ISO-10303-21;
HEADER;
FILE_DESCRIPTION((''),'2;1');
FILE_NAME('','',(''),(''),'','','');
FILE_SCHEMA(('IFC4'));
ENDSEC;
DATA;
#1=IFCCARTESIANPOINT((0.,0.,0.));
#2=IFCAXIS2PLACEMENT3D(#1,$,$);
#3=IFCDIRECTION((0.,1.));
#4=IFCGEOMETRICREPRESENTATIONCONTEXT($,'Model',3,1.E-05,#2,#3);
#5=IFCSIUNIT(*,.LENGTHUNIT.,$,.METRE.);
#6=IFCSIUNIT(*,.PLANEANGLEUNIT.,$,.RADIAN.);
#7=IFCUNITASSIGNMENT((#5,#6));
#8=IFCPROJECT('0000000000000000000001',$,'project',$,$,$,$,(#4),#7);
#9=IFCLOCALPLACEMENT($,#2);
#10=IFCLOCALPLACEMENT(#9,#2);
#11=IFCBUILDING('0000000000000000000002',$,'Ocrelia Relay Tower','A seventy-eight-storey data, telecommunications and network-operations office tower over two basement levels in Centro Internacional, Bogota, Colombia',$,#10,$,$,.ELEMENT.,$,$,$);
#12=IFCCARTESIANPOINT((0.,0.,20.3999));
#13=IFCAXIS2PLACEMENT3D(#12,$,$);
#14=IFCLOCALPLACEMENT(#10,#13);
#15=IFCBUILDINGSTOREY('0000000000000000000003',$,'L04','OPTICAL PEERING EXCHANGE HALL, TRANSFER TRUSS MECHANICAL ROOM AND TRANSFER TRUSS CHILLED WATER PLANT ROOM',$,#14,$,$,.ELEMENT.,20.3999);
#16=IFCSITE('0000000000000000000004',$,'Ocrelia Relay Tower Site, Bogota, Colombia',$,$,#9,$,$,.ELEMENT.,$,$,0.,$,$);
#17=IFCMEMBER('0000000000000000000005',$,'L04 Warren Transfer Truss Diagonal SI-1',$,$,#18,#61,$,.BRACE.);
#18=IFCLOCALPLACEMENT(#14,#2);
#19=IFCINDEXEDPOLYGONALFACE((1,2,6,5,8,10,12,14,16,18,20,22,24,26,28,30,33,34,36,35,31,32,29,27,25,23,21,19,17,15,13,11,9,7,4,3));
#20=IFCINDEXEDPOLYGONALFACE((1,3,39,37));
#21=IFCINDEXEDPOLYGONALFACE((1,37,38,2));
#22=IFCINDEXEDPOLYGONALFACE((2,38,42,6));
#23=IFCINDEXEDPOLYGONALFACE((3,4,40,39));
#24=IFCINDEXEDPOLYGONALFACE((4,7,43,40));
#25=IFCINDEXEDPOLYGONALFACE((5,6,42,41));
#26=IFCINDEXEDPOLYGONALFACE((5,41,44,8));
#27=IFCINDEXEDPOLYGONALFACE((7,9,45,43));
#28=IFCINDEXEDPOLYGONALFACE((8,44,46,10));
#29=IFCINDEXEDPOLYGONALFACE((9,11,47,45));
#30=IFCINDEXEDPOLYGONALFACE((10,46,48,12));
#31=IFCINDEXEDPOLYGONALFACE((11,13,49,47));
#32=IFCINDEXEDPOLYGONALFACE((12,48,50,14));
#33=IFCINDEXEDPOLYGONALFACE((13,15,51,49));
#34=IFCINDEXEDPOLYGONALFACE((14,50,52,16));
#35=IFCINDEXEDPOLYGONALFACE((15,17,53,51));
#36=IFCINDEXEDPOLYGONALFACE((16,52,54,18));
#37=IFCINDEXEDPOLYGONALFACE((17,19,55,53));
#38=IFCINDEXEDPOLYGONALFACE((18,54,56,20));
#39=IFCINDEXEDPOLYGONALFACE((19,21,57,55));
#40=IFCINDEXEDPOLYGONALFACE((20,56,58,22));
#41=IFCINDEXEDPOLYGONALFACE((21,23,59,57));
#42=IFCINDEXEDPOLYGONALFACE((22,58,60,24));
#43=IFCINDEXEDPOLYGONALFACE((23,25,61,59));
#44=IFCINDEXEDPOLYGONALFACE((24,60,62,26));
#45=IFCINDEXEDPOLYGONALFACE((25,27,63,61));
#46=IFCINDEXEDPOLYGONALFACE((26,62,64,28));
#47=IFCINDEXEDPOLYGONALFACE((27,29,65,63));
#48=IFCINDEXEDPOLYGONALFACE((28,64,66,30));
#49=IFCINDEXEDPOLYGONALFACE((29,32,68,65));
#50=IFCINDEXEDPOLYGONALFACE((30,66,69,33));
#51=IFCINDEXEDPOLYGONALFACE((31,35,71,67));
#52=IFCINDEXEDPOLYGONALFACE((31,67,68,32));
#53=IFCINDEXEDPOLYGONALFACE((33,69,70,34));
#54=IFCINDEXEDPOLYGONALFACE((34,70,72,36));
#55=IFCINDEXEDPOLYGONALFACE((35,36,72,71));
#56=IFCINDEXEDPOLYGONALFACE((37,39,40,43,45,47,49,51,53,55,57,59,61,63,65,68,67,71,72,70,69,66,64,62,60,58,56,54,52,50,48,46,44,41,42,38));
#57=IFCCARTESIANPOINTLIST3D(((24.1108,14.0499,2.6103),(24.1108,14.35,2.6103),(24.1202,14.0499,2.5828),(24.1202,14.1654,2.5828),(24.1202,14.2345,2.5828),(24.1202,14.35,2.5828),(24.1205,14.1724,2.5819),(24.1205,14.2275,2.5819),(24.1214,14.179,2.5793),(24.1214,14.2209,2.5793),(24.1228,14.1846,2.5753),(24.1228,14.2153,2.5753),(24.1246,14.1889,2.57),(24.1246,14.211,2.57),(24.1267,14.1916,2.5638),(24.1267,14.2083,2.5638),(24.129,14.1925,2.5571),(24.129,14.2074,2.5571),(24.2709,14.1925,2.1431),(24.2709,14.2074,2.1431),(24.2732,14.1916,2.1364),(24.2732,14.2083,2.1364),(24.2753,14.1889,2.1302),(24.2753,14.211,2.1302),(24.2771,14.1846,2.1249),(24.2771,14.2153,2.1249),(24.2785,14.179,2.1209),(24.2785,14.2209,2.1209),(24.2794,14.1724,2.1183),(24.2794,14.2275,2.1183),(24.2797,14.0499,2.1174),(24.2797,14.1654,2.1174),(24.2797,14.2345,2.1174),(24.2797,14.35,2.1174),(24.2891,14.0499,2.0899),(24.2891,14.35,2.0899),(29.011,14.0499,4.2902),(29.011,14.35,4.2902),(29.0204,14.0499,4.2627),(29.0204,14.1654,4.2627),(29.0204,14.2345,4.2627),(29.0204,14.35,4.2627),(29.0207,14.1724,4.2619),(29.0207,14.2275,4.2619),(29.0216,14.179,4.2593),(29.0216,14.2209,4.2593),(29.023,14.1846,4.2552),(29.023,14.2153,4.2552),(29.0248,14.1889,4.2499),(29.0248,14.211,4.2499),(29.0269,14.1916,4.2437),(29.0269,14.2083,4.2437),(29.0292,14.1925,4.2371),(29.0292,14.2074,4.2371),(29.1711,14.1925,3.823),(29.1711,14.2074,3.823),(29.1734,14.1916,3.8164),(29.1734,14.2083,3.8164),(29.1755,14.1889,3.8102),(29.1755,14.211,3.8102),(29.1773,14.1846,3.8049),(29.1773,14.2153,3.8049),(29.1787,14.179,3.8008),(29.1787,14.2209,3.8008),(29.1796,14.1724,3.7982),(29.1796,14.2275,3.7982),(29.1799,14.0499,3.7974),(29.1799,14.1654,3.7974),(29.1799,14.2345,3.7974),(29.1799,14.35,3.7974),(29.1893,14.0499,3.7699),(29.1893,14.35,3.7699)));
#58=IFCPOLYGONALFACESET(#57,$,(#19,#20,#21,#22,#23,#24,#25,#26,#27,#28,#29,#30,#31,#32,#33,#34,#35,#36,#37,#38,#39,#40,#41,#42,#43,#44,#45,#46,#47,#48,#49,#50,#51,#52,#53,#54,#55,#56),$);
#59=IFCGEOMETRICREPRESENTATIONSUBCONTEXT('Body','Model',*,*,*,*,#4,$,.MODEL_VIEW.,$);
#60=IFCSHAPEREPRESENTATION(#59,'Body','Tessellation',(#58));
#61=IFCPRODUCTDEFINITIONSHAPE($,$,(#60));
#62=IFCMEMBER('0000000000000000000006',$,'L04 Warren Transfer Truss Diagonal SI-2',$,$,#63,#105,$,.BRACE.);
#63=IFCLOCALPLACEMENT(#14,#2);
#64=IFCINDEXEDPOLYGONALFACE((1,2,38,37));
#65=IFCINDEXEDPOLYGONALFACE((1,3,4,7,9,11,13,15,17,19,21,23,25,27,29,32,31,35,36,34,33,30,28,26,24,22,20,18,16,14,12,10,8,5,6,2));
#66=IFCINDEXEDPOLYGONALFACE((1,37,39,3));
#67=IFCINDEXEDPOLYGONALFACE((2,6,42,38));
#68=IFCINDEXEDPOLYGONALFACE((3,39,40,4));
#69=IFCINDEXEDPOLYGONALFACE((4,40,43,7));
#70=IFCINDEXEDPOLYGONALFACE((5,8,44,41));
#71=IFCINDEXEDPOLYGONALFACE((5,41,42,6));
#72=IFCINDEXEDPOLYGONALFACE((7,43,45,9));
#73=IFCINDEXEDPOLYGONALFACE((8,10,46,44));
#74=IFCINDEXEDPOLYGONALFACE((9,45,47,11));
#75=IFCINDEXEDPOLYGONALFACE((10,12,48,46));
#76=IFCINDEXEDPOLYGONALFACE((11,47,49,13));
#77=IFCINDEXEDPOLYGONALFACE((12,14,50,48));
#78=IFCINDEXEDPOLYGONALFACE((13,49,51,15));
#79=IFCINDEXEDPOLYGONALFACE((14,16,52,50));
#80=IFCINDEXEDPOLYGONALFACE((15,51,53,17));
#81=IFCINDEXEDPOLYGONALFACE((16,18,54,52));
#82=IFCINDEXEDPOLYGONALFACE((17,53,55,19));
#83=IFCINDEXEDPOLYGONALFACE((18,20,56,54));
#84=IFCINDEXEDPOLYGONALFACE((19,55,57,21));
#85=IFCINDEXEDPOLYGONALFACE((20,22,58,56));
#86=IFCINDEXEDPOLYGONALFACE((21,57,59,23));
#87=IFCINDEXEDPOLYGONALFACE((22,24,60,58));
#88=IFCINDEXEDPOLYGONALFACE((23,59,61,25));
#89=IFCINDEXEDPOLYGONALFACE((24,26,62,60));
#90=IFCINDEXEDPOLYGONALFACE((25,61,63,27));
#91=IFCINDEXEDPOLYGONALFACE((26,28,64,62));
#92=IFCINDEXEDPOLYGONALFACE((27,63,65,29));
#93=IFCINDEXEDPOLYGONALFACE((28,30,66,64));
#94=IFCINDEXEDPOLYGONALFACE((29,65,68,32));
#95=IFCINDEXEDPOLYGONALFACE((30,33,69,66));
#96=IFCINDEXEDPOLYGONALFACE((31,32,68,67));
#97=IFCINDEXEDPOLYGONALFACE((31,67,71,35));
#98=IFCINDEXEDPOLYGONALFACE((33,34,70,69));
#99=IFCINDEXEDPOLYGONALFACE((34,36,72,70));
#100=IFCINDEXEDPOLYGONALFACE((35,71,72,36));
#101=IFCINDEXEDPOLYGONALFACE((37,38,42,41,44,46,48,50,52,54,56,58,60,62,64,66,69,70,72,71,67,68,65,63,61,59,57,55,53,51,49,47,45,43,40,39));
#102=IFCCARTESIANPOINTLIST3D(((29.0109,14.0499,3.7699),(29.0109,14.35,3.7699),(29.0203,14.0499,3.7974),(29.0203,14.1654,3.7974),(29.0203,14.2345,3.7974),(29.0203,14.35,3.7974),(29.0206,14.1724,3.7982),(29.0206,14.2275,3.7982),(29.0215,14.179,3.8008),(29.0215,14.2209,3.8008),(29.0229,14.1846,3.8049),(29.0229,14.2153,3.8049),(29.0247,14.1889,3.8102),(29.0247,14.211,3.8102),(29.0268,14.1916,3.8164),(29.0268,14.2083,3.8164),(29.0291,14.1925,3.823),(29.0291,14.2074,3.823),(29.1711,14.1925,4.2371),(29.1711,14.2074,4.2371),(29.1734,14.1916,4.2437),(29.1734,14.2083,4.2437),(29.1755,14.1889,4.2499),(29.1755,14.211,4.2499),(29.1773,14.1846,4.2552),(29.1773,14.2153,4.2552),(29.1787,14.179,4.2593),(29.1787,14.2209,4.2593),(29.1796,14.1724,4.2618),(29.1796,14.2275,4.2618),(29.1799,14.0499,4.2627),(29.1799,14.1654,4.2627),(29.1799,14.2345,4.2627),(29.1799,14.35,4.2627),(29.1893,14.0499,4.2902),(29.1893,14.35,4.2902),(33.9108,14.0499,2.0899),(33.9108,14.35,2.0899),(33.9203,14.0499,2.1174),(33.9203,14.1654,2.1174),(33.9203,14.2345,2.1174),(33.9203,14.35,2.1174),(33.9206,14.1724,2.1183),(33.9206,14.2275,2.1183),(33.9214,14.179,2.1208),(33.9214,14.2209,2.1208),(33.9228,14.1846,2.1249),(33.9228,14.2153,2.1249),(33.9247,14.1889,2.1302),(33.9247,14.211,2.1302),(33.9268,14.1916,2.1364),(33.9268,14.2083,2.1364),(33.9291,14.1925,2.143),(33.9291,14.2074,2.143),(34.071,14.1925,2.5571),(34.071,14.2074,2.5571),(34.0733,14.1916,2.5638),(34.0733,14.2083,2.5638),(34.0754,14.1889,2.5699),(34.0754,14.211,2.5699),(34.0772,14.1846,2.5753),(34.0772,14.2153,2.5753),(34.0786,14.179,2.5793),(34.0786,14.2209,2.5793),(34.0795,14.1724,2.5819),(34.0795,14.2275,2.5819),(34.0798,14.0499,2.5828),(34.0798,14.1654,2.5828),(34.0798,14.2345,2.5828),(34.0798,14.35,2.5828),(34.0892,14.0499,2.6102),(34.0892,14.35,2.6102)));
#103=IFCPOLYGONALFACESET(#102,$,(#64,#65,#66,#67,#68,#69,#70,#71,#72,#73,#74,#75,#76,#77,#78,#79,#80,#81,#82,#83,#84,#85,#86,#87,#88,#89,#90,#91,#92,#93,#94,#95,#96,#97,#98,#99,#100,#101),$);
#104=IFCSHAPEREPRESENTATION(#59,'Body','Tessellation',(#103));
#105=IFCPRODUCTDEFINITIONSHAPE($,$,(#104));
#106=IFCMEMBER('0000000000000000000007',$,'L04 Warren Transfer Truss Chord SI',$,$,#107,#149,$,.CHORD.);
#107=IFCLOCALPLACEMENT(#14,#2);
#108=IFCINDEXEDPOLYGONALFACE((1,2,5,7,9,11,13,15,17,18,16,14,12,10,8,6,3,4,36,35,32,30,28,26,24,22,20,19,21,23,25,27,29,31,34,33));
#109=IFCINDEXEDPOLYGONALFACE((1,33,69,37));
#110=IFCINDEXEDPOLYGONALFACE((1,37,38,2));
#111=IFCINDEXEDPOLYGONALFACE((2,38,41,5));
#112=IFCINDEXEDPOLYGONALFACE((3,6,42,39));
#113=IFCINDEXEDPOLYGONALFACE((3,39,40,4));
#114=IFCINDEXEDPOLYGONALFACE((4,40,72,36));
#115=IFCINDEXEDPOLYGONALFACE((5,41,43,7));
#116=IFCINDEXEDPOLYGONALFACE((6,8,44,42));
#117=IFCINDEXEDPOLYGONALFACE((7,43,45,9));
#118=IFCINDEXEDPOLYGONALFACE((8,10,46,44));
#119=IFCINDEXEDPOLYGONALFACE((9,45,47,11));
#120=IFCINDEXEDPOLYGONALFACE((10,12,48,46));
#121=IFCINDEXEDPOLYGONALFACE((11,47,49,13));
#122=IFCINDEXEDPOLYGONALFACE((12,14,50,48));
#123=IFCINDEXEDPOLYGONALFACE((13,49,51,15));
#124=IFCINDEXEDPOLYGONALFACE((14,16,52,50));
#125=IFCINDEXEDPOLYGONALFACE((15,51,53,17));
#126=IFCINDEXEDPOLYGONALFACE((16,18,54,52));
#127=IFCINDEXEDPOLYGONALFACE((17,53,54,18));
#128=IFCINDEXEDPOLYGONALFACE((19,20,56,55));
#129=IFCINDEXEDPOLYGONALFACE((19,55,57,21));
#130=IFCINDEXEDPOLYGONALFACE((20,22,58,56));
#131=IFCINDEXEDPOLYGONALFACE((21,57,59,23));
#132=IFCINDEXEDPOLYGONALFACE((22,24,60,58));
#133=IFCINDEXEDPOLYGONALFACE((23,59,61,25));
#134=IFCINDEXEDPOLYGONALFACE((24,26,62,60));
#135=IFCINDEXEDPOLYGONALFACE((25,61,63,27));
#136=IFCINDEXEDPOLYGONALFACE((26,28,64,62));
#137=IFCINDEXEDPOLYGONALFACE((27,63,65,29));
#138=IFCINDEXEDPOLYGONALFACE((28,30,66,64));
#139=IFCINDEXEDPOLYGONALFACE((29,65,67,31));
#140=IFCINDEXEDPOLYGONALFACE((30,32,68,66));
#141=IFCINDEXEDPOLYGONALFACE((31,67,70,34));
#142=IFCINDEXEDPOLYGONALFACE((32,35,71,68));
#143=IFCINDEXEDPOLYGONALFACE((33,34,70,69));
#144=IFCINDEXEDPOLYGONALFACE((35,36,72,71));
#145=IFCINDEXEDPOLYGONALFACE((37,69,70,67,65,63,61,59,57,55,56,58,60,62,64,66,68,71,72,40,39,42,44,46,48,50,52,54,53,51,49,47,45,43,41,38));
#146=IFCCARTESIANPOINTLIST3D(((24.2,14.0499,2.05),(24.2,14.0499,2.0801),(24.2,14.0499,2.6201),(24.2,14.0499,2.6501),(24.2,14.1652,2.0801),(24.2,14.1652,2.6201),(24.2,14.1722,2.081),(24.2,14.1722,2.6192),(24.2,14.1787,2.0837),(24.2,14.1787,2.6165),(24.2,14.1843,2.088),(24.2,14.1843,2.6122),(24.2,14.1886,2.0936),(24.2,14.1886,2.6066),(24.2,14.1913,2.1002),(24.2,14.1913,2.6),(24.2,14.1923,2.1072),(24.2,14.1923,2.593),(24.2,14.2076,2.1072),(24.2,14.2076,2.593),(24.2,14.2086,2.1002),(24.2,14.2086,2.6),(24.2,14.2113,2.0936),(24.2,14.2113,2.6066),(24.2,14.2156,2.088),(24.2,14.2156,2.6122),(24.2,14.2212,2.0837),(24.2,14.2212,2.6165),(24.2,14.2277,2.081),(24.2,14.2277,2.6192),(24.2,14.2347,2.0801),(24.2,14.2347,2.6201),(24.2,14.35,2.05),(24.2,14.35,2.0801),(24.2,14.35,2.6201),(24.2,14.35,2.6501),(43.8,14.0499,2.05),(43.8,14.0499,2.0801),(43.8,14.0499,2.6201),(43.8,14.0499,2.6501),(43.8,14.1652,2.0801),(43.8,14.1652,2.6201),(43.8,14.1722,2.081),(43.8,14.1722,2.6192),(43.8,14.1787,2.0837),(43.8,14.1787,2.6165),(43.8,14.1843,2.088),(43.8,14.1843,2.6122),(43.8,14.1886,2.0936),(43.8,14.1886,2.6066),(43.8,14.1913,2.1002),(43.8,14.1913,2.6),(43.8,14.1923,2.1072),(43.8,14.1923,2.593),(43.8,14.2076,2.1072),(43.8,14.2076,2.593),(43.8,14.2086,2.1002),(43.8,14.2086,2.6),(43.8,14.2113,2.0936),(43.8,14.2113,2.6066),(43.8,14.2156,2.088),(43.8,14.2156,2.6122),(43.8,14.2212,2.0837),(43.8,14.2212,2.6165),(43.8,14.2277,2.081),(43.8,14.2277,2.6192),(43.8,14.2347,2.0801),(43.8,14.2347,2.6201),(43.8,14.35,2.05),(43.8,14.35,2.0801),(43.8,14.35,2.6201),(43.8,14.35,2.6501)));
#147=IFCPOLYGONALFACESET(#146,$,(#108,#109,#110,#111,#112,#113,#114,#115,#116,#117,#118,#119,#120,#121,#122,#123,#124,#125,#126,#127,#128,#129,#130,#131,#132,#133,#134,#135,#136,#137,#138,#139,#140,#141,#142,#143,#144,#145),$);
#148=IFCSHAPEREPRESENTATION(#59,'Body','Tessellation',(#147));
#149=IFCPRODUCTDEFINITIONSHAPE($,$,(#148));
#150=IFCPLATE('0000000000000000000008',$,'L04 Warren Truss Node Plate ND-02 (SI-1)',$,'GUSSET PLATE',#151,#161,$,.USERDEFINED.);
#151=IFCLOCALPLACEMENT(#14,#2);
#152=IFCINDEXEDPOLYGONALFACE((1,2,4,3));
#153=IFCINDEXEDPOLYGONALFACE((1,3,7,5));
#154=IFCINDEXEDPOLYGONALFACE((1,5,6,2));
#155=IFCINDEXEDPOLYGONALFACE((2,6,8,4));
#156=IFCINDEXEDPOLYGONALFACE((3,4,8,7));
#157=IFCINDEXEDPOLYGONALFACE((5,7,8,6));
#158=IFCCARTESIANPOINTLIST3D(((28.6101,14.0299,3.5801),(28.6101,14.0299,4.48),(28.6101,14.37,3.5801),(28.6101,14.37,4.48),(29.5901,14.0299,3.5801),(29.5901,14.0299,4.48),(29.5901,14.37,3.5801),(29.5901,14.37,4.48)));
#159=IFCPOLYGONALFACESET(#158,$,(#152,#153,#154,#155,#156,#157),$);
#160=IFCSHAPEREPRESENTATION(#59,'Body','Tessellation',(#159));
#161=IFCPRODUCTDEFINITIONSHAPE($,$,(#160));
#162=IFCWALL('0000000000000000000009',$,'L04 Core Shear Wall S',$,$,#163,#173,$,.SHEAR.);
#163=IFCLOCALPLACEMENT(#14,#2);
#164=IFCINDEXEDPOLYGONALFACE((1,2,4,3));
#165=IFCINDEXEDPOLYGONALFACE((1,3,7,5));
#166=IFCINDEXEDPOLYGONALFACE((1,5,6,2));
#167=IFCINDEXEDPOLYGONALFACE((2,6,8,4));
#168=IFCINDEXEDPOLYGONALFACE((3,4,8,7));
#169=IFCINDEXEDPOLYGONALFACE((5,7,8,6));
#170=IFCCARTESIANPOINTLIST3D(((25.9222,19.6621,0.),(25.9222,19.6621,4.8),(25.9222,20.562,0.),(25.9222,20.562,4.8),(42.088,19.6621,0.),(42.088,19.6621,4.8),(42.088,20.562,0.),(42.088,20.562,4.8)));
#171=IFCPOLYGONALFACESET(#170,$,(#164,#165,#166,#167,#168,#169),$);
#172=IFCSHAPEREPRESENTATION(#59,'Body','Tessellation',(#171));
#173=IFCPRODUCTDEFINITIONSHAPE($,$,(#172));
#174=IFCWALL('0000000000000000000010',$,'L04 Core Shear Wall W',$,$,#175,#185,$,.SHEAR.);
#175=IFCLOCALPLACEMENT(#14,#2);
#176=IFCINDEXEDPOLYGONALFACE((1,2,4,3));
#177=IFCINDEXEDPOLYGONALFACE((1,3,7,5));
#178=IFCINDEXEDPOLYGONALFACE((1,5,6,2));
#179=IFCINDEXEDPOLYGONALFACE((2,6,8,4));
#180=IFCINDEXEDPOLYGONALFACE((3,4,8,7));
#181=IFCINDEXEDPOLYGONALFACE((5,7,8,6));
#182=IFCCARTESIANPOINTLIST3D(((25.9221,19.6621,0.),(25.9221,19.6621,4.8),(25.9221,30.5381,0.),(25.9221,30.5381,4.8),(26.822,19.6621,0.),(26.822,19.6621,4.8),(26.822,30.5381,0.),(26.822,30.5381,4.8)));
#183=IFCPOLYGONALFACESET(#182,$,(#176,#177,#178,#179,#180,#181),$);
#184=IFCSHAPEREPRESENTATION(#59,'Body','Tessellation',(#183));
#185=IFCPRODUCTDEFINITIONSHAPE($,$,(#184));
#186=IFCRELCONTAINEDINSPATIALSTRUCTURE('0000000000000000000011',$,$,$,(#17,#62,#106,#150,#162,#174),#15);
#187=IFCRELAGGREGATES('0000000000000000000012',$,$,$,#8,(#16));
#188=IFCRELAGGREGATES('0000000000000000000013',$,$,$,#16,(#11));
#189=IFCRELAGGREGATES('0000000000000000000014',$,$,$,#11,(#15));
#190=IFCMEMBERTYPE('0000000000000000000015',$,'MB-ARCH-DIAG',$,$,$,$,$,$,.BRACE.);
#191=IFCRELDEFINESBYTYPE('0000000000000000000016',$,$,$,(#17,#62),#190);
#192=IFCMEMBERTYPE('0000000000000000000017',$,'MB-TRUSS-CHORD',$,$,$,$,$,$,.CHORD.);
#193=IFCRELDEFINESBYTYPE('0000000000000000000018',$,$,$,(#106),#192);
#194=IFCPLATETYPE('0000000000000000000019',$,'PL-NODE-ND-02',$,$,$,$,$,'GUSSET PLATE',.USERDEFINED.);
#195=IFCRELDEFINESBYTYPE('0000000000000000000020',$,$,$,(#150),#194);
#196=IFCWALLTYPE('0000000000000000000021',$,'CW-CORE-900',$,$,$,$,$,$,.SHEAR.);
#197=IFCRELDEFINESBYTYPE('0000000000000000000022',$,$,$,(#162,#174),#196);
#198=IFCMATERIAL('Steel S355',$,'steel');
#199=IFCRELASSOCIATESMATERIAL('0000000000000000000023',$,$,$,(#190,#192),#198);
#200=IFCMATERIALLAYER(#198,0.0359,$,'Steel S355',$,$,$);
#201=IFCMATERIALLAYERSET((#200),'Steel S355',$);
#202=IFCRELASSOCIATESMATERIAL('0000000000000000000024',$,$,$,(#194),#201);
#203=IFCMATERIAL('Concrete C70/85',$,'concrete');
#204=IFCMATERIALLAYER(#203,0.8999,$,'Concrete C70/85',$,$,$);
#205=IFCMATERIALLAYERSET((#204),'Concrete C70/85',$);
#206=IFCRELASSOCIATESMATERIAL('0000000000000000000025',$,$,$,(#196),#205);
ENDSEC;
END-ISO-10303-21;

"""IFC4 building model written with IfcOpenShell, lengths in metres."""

from ifc_helpers import new_model, si_unit, direction, frame, frame_2d, origin, origin_2d, place, context, subcontext, project, spatial, rectangle, i_section, extrude, material, layer, layer_set, material_profile, profile_set, type_object, element, save


model = new_model("IFC4")

# Units and contexts
model_context = context("Model", 3, precision=1e-05, world=origin(), true_north=direction((0.0, 1.0)))
body_context = subcontext(model_context, "Body", "Model", "MODEL_VIEW")
ifc_project = project(units=[si_unit("LENGTHUNIT", "METRE"), si_unit("PLANEANGLEUNIT", "RADIAN")], contexts=[model_context])

# Site, building, storey
site_placement = place(None, origin())
site = spatial("IfcSite", under=ifc_project, at=site_placement, Name="Ocrelia Relay Tower Site, Bogota, Colombia", CompositionType="ELEMENT", RefElevation=0.0)
building_placement = place(site_placement, origin())
building = spatial("IfcBuilding", under=site, at=building_placement, Name="Ocrelia Relay Tower", Description="A seventy-eight-storey data, telecommunications and network-operations office tower over two basement levels in Centro Internacional, Bogota, Colombia", CompositionType="ELEMENT")
storey_placement = place(building_placement, frame((0.0, 0.0, 20.3999)))
storey = spatial("IfcBuildingStorey", under=building, at=storey_placement, Name="L04", Description="OPTICAL PEERING EXCHANGE HALL, TRANSFER TRUSS MECHANICAL ROOM AND TRANSFER TRUSS CHILLED WATER PLANT ROOM", CompositionType="ELEMENT", Elevation=20.3999)

# Shared definitions
ifc_material_1 = material(Name="Concrete C70/85", Category="concrete")

# Shared definitions
ifc_material_2 = material(Name="Steel S355", Category="steel")

# Members
ifc_material_profile_1 = material_profile(ifc_material_2, i_section(OverallWidth=0.3, OverallDepth=0.55, WebThickness=0.0149, FlangeThickness=0.0291, FilletRadius=0.0271, at=origin_2d()), Name="HEB 550")
ifc_profile_set_1 = profile_set([ifc_material_profile_1], Name="Steel S355")
member_type_1 = type_object("IfcMemberType", Name="MB-ARCH-DIAG", PredefinedType="BRACE", material=ifc_profile_set_1)
member_1_placement = place(storey_placement, frame((24.2, 14.2, 2.3501), z_axis=(0.945953, 0.0, 0.324304), x_axis=(0.0, 1.0, 0.0)))
element("IfcMember", 1, at=member_1_placement, inside=storey, type_object=member_type_1, Name="L04 Warren Transfer Truss Diagonal SI-1", PredefinedType="BRACE", context=body_context, shape_type="SweptSolid", body=[
    extrude(i_section(OverallWidth=0.3, OverallDepth=0.55, WebThickness=0.0149, FlangeThickness=0.0291, FilletRadius=0.0271, at=origin_2d()), origin(), (0.0, 0.0, 1.0), 5.1802),
])
member_2_placement = place(storey_placement, frame((29.1001, 14.2, 4.03), z_axis=(0.945948, 0.0, -0.324318), x_axis=(0.0, 1.0, 0.0)))
element("IfcMember", 2, at=member_2_placement, inside=storey, type_object=member_type_1, Name="L04 Warren Transfer Truss Diagonal SI-2", PredefinedType="BRACE", context=body_context, shape_type="SweptSolid", body=[
    extrude(i_section(OverallWidth=0.3, OverallDepth=0.55, WebThickness=0.0149, FlangeThickness=0.0291, FilletRadius=0.0271, at=origin_2d()), origin(), (0.0, 0.0, 1.0), 5.1799),
])
ifc_material_profile_2 = material_profile(ifc_material_2, i_section(OverallWidth=0.3, OverallDepth=0.6001, WebThickness=0.0154, FlangeThickness=0.03, FilletRadius=0.0271, at=origin_2d()), Name="HEB 600")
ifc_profile_set_2 = profile_set([ifc_material_profile_2], Name="Steel S355")
member_type_2 = type_object("IfcMemberType", Name="MB-TRUSS-CHORD", PredefinedType="CHORD", material=ifc_profile_set_2)
member_3_placement = place(storey_placement, frame((24.2, 14.2, 2.3501), z_axis=(1.0, 0.0, 0.0), x_axis=(0.0, 1.0, 0.0)))
element("IfcMember", 3, at=member_3_placement, inside=storey, type_object=member_type_2, Name="L04 Warren Transfer Truss Chord SI", PredefinedType="CHORD", context=body_context, shape_type="SweptSolid", body=[
    extrude(i_section(OverallWidth=0.3, OverallDepth=0.6001, WebThickness=0.0154, FlangeThickness=0.03, FilletRadius=0.0271, at=origin_2d()), origin(), (0.0, 0.0, 1.0), 19.6001),
])

# Plate
ifc_layer_1 = layer(ifc_material_2, 0.0359, Name="Steel S355")
ifc_layer_set_1 = layer_set([ifc_layer_1], Name="Steel S355")
plate_type = type_object("IfcPlateType", Name="PL-NODE-ND-02", ElementType="GUSSET PLATE", PredefinedType="USERDEFINED", material=ifc_layer_set_1)
plate_placement = place(storey_placement, frame((29.1001, 14.2, 3.5801), z_axis=(0.0, 0.0, 1.0), x_axis=(1.0, 0.0, 0.0)))
element("IfcPlate", 4, at=plate_placement, inside=storey, type_object=plate_type, Name="L04 Warren Truss Node Plate ND-02 (SI-1)", ObjectType="GUSSET PLATE", PredefinedType="USERDEFINED", context=body_context, shape_type="SweptSolid", body=[
    extrude(rectangle(XDim=0.98, YDim=0.3401, at=origin_2d()), origin(), (0.0, 0.0, 1.0), 0.8999),
])

# Walls
ifc_layer_2 = layer(ifc_material_1, 0.8999, Name="Concrete C70/85")
ifc_layer_set_2 = layer_set([ifc_layer_2], Name="Concrete C70/85")
wall_type_1 = type_object("IfcWallType", Name="CW-CORE-900", PredefinedType="SHEAR", material=ifc_layer_set_2)
wall_1_placement = place(storey_placement, frame((25.9221, 20.1121, 0.0), z_axis=(0.0, 0.0, 1.0), x_axis=(1.0, 0.0, 0.0)))
element("IfcWall", 5, at=wall_1_placement, inside=storey, type_object=wall_type_1, Name="L04 Core Shear Wall S", PredefinedType="SHEAR", context=body_context, shape_type="SweptSolid", body=[
    extrude(rectangle(XDim=16.1658, YDim=0.8999, at=frame_2d((8.083, 0.0))), origin(), (0.0, 0.0, 1.0), 4.8),
])
wall_2_placement = place(storey_placement, frame((26.3721, 19.6621, 0.0), z_axis=(0.0, 0.0, 1.0), x_axis=(0.0, 1.0, 0.0)))
element("IfcWall", 6, at=wall_2_placement, inside=storey, type_object=wall_type_1, Name="L04 Core Shear Wall W", PredefinedType="SHEAR", context=body_context, shape_type="SweptSolid", body=[
    extrude(rectangle(XDim=10.876, YDim=0.8999, at=frame_2d((5.438, 0.0))), origin(), (0.0, 0.0, 1.0), 4.8),
])

save(model, "model.ifc")
